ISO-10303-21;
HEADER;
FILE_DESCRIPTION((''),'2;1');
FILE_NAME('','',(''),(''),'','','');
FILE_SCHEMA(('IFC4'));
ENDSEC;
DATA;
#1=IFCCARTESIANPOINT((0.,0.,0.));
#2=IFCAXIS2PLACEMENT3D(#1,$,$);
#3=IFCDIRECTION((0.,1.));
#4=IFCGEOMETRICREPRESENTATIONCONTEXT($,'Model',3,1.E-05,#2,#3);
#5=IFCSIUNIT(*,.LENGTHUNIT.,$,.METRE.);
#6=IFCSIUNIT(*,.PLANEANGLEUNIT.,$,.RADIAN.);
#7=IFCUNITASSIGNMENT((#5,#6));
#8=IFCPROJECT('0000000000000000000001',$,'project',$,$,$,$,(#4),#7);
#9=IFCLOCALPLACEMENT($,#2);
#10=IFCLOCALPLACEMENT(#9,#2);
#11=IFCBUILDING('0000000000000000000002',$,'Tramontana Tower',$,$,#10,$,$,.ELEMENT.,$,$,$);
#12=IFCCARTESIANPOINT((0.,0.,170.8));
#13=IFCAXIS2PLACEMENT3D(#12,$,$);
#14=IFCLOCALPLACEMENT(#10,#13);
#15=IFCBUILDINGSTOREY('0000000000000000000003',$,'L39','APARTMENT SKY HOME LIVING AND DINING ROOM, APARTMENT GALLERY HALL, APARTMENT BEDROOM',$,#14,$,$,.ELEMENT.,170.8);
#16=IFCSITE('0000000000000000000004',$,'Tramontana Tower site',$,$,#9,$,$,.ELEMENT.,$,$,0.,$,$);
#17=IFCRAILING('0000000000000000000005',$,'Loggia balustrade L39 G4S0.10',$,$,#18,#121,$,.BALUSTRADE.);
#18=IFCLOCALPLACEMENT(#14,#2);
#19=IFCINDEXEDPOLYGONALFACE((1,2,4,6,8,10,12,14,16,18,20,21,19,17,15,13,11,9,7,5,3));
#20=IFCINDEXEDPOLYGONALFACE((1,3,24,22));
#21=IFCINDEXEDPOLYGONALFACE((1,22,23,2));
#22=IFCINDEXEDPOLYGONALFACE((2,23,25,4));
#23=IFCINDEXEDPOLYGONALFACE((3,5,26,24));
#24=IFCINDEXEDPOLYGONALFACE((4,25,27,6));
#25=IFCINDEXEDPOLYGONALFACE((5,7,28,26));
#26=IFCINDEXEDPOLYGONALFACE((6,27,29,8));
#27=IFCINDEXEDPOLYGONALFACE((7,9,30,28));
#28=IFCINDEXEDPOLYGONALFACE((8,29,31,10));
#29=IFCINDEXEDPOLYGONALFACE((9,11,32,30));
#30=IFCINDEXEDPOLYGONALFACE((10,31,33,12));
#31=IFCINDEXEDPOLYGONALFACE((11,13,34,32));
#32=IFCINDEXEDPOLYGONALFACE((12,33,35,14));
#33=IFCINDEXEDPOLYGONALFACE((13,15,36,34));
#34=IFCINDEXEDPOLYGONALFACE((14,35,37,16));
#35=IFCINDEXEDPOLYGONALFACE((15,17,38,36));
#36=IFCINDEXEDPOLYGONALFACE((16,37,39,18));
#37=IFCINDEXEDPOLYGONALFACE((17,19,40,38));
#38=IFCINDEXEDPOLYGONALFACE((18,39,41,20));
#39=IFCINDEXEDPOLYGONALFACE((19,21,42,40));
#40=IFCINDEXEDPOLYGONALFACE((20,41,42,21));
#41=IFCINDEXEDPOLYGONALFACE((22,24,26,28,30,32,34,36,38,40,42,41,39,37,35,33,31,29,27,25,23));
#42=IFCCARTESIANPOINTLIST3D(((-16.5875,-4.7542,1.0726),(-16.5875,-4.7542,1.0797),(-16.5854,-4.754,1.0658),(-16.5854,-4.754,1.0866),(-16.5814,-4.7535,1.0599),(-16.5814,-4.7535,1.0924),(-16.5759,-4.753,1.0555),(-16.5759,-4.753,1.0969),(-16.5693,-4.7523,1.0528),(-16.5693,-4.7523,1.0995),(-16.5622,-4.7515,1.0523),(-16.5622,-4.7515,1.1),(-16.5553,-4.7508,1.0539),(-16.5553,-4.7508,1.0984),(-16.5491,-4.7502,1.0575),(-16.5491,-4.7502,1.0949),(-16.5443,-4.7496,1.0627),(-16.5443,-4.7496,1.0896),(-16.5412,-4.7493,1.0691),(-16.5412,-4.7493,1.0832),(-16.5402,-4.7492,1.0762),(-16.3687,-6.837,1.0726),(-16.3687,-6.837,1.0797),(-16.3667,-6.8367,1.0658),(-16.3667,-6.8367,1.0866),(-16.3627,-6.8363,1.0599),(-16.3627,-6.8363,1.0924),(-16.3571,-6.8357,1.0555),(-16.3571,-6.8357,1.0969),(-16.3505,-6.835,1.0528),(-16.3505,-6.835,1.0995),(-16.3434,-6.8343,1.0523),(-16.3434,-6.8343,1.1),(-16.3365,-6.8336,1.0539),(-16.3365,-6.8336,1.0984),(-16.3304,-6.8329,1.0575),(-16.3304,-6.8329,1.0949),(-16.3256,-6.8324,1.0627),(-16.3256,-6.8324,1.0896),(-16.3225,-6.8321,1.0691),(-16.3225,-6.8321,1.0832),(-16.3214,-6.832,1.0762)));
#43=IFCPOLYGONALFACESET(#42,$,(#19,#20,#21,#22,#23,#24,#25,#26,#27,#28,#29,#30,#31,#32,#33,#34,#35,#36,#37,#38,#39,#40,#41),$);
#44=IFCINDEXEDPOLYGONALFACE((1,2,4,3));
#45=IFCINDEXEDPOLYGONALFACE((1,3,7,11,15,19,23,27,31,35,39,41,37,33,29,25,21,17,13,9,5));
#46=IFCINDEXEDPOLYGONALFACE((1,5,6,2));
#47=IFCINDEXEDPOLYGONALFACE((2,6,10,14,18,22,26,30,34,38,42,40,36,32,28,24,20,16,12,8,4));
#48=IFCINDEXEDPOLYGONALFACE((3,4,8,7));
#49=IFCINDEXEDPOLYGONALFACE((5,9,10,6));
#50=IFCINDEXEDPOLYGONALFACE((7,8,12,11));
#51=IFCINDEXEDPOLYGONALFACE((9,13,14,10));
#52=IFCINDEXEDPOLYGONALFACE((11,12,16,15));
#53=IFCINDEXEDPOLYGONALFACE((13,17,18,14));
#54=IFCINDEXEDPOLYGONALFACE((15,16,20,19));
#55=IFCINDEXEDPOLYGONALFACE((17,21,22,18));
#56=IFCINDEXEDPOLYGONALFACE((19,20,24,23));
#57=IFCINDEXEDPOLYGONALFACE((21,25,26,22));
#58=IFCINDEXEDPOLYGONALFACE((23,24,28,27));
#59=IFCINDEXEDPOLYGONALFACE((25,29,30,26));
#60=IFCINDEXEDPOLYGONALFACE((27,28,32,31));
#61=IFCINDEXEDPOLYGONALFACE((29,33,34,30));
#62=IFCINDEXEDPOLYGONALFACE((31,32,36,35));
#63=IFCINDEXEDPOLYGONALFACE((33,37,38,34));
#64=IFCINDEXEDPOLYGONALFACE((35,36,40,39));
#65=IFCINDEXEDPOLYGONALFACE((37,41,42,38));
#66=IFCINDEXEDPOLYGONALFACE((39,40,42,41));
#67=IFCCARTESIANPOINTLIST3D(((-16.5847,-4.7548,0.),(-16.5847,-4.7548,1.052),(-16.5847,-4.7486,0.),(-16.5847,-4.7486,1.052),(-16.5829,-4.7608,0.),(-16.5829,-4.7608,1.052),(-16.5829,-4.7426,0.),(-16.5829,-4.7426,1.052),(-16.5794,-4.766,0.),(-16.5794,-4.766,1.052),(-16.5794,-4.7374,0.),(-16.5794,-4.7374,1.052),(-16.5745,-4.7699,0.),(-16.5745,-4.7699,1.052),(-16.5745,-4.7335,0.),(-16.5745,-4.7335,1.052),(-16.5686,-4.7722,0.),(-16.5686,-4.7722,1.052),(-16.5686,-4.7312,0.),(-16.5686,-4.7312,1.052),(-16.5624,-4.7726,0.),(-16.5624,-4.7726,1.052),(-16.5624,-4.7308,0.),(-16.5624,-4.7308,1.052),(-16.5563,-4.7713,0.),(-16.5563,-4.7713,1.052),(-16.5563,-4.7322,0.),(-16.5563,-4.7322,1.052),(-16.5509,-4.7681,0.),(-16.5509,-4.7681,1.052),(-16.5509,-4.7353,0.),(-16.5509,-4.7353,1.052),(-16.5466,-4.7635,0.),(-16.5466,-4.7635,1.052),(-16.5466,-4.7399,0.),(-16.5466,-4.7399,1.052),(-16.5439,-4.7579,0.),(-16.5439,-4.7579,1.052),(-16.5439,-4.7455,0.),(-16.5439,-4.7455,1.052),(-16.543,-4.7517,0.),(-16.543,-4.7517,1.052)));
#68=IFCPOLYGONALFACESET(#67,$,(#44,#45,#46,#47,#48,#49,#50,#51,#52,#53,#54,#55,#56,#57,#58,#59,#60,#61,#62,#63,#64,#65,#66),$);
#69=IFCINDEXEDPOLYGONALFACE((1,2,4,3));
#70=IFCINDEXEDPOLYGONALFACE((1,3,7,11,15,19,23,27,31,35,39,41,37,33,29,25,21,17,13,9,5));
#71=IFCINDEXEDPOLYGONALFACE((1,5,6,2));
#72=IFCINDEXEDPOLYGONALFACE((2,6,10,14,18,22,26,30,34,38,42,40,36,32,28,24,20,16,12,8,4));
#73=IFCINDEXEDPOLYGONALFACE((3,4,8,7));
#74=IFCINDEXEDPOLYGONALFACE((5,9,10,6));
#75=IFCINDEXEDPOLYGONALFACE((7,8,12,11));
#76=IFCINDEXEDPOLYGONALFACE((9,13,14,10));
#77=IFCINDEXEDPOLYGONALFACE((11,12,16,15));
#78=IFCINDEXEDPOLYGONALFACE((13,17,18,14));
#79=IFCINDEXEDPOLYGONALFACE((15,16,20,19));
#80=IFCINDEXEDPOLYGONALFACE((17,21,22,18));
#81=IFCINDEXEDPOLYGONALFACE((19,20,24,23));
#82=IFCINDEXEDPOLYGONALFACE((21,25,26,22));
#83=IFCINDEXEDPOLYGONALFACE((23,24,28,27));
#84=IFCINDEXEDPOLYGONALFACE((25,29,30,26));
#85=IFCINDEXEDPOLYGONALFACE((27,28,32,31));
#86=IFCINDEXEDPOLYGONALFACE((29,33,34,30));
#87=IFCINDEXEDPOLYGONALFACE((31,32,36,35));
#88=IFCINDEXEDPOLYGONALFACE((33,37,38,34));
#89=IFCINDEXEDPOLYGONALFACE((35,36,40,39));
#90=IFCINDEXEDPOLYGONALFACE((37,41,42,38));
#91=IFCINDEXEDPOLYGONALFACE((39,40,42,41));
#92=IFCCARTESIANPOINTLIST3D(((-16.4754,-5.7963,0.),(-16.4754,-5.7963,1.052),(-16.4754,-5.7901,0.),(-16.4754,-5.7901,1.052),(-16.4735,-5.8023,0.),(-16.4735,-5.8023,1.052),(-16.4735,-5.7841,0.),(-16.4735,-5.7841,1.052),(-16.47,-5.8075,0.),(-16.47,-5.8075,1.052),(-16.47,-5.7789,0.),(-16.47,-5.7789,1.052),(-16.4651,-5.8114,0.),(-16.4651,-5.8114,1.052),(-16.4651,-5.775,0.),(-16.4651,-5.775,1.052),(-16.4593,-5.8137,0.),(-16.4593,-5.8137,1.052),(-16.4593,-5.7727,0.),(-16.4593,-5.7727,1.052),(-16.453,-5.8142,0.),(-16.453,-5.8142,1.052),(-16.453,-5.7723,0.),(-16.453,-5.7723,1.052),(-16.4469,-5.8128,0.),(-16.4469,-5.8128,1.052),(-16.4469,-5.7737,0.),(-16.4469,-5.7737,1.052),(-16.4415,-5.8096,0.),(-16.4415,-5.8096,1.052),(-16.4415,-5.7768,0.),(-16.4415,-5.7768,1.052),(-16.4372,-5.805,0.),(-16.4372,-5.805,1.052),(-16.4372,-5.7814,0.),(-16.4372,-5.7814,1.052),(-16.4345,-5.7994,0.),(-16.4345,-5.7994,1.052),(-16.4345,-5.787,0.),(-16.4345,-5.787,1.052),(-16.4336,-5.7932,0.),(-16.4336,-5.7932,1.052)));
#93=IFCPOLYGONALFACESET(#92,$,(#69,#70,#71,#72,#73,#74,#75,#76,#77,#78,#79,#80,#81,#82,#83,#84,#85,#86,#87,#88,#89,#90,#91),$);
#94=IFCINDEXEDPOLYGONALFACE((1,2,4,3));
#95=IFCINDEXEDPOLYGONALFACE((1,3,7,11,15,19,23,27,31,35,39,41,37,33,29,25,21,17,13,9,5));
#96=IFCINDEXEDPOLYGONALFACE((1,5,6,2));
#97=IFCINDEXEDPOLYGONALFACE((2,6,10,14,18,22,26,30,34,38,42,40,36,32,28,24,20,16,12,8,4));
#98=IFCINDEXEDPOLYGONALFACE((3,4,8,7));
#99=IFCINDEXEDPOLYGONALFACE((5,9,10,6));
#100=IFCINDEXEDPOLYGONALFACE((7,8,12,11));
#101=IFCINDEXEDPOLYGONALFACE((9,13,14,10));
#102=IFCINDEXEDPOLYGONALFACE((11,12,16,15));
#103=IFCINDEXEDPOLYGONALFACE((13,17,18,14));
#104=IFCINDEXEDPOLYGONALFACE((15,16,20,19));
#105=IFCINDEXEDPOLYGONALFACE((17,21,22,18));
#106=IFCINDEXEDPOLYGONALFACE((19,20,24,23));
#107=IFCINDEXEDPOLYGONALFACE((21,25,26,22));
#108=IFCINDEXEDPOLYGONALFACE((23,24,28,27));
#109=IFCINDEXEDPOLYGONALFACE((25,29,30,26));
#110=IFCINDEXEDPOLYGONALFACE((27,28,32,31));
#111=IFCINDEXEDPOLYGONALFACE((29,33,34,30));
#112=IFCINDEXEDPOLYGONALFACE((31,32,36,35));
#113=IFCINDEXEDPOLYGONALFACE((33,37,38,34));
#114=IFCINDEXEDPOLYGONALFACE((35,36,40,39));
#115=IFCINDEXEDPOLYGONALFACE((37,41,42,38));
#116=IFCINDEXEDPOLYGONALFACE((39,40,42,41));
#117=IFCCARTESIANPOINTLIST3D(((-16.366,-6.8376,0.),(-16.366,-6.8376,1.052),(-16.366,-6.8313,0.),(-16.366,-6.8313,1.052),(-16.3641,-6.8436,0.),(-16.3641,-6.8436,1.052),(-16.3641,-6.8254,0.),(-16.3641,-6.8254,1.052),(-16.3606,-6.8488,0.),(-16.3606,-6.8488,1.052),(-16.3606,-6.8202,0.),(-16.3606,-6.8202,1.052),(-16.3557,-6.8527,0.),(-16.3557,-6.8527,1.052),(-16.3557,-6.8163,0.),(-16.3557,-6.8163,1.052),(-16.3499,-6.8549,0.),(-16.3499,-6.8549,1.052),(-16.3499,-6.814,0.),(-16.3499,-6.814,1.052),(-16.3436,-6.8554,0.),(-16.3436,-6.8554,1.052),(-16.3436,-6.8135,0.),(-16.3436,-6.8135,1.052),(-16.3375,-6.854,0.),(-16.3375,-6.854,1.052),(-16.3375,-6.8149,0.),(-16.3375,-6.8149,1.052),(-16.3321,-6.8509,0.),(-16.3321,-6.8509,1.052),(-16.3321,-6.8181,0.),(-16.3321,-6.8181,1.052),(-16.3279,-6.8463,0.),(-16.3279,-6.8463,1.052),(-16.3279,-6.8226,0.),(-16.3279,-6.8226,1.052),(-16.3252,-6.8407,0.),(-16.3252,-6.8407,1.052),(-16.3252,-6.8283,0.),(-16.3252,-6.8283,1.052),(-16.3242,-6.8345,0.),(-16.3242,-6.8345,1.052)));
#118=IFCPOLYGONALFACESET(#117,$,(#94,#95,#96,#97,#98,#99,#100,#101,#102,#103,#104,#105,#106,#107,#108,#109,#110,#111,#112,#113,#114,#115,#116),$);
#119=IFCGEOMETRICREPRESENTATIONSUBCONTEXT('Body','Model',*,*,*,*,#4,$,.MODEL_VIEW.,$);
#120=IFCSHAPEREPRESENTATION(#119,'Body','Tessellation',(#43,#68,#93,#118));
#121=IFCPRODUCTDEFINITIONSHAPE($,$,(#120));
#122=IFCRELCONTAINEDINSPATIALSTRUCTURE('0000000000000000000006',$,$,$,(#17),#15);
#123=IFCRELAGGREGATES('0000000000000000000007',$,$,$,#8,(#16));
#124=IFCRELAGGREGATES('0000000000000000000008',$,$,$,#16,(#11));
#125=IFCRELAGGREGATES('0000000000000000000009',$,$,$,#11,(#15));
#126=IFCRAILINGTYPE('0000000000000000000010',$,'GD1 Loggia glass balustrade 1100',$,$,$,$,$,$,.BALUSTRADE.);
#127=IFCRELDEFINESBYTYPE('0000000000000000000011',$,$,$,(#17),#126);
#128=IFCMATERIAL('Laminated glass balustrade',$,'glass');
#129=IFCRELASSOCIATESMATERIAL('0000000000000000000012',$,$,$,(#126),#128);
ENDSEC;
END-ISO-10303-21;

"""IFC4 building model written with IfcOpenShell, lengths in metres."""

from ifc_helpers import new_model, si_unit, direction, frame, origin, origin_2d, place, context, subcontext, project, spatial, circle, extrude, material, type_object, element, save


model = new_model("IFC4")

# Units and contexts
model_context = context("Model", 3, precision=1e-05, world=origin(), true_north=direction((0.0, 1.0)))
body_context = subcontext(model_context, "Body", "Model", "MODEL_VIEW")
ifc_project = project(units=[si_unit("LENGTHUNIT", "METRE"), si_unit("PLANEANGLEUNIT", "RADIAN")], contexts=[model_context])

# Site, building, storey
site_placement = place(None, origin())
site = spatial("IfcSite", under=ifc_project, at=site_placement, Name="Tramontana Tower site", CompositionType="ELEMENT", RefElevation=0.0)
building_placement = place(site_placement, origin())
building = spatial("IfcBuilding", under=site, at=building_placement, Name="Tramontana Tower", CompositionType="ELEMENT")
storey_placement = place(building_placement, frame((0.0, 0.0, 170.8)))
storey = spatial("IfcBuildingStorey", under=building, at=storey_placement, Name="L39", Description="APARTMENT SKY HOME LIVING AND DINING ROOM, APARTMENT GALLERY HALL, APARTMENT BEDROOM", CompositionType="ELEMENT", Elevation=170.8)

# Railing
ifc_material_1 = material(Name="Laminated glass balustrade", Category="glass")
railing_type = type_object("IfcRailingType", Name="GD1 Loggia glass balustrade 1100", PredefinedType="BALUSTRADE", material=ifc_material_1)
railing_placement = place(storey_placement, frame((-16.564, -4.7517, 0.0)))
element("IfcRailing", 1, at=railing_placement, inside=storey, type_object=railing_type, Name="Loggia balustrade L39 G4S0.10", PredefinedType="BALUSTRADE", context=body_context, shape_type="SweptSolid", body=[
    extrude(circle(Radius=0.0239, at=origin_2d()), frame((0.0, 0.0, 1.0762), z_axis=(0.104454, -0.99453, 0.0), x_axis=(0.99453, 0.104454, 0.0)), (0.0, 0.0, 1.0), 2.0942),
    extrude(circle(Radius=0.021, at=origin_2d()), origin(), (0.0, 0.0, 1.0), 1.052),
    extrude(circle(Radius=0.021, at=origin_2d()), frame((0.1094, -1.0415, 0.0)), (0.0, 0.0, 1.0), 1.052),
    extrude(circle(Radius=0.021, at=origin_2d()), frame((0.2188, -2.0828, 0.0)), (0.0, 0.0, 1.0), 1.052),
])

save(model, "model.ifc")
